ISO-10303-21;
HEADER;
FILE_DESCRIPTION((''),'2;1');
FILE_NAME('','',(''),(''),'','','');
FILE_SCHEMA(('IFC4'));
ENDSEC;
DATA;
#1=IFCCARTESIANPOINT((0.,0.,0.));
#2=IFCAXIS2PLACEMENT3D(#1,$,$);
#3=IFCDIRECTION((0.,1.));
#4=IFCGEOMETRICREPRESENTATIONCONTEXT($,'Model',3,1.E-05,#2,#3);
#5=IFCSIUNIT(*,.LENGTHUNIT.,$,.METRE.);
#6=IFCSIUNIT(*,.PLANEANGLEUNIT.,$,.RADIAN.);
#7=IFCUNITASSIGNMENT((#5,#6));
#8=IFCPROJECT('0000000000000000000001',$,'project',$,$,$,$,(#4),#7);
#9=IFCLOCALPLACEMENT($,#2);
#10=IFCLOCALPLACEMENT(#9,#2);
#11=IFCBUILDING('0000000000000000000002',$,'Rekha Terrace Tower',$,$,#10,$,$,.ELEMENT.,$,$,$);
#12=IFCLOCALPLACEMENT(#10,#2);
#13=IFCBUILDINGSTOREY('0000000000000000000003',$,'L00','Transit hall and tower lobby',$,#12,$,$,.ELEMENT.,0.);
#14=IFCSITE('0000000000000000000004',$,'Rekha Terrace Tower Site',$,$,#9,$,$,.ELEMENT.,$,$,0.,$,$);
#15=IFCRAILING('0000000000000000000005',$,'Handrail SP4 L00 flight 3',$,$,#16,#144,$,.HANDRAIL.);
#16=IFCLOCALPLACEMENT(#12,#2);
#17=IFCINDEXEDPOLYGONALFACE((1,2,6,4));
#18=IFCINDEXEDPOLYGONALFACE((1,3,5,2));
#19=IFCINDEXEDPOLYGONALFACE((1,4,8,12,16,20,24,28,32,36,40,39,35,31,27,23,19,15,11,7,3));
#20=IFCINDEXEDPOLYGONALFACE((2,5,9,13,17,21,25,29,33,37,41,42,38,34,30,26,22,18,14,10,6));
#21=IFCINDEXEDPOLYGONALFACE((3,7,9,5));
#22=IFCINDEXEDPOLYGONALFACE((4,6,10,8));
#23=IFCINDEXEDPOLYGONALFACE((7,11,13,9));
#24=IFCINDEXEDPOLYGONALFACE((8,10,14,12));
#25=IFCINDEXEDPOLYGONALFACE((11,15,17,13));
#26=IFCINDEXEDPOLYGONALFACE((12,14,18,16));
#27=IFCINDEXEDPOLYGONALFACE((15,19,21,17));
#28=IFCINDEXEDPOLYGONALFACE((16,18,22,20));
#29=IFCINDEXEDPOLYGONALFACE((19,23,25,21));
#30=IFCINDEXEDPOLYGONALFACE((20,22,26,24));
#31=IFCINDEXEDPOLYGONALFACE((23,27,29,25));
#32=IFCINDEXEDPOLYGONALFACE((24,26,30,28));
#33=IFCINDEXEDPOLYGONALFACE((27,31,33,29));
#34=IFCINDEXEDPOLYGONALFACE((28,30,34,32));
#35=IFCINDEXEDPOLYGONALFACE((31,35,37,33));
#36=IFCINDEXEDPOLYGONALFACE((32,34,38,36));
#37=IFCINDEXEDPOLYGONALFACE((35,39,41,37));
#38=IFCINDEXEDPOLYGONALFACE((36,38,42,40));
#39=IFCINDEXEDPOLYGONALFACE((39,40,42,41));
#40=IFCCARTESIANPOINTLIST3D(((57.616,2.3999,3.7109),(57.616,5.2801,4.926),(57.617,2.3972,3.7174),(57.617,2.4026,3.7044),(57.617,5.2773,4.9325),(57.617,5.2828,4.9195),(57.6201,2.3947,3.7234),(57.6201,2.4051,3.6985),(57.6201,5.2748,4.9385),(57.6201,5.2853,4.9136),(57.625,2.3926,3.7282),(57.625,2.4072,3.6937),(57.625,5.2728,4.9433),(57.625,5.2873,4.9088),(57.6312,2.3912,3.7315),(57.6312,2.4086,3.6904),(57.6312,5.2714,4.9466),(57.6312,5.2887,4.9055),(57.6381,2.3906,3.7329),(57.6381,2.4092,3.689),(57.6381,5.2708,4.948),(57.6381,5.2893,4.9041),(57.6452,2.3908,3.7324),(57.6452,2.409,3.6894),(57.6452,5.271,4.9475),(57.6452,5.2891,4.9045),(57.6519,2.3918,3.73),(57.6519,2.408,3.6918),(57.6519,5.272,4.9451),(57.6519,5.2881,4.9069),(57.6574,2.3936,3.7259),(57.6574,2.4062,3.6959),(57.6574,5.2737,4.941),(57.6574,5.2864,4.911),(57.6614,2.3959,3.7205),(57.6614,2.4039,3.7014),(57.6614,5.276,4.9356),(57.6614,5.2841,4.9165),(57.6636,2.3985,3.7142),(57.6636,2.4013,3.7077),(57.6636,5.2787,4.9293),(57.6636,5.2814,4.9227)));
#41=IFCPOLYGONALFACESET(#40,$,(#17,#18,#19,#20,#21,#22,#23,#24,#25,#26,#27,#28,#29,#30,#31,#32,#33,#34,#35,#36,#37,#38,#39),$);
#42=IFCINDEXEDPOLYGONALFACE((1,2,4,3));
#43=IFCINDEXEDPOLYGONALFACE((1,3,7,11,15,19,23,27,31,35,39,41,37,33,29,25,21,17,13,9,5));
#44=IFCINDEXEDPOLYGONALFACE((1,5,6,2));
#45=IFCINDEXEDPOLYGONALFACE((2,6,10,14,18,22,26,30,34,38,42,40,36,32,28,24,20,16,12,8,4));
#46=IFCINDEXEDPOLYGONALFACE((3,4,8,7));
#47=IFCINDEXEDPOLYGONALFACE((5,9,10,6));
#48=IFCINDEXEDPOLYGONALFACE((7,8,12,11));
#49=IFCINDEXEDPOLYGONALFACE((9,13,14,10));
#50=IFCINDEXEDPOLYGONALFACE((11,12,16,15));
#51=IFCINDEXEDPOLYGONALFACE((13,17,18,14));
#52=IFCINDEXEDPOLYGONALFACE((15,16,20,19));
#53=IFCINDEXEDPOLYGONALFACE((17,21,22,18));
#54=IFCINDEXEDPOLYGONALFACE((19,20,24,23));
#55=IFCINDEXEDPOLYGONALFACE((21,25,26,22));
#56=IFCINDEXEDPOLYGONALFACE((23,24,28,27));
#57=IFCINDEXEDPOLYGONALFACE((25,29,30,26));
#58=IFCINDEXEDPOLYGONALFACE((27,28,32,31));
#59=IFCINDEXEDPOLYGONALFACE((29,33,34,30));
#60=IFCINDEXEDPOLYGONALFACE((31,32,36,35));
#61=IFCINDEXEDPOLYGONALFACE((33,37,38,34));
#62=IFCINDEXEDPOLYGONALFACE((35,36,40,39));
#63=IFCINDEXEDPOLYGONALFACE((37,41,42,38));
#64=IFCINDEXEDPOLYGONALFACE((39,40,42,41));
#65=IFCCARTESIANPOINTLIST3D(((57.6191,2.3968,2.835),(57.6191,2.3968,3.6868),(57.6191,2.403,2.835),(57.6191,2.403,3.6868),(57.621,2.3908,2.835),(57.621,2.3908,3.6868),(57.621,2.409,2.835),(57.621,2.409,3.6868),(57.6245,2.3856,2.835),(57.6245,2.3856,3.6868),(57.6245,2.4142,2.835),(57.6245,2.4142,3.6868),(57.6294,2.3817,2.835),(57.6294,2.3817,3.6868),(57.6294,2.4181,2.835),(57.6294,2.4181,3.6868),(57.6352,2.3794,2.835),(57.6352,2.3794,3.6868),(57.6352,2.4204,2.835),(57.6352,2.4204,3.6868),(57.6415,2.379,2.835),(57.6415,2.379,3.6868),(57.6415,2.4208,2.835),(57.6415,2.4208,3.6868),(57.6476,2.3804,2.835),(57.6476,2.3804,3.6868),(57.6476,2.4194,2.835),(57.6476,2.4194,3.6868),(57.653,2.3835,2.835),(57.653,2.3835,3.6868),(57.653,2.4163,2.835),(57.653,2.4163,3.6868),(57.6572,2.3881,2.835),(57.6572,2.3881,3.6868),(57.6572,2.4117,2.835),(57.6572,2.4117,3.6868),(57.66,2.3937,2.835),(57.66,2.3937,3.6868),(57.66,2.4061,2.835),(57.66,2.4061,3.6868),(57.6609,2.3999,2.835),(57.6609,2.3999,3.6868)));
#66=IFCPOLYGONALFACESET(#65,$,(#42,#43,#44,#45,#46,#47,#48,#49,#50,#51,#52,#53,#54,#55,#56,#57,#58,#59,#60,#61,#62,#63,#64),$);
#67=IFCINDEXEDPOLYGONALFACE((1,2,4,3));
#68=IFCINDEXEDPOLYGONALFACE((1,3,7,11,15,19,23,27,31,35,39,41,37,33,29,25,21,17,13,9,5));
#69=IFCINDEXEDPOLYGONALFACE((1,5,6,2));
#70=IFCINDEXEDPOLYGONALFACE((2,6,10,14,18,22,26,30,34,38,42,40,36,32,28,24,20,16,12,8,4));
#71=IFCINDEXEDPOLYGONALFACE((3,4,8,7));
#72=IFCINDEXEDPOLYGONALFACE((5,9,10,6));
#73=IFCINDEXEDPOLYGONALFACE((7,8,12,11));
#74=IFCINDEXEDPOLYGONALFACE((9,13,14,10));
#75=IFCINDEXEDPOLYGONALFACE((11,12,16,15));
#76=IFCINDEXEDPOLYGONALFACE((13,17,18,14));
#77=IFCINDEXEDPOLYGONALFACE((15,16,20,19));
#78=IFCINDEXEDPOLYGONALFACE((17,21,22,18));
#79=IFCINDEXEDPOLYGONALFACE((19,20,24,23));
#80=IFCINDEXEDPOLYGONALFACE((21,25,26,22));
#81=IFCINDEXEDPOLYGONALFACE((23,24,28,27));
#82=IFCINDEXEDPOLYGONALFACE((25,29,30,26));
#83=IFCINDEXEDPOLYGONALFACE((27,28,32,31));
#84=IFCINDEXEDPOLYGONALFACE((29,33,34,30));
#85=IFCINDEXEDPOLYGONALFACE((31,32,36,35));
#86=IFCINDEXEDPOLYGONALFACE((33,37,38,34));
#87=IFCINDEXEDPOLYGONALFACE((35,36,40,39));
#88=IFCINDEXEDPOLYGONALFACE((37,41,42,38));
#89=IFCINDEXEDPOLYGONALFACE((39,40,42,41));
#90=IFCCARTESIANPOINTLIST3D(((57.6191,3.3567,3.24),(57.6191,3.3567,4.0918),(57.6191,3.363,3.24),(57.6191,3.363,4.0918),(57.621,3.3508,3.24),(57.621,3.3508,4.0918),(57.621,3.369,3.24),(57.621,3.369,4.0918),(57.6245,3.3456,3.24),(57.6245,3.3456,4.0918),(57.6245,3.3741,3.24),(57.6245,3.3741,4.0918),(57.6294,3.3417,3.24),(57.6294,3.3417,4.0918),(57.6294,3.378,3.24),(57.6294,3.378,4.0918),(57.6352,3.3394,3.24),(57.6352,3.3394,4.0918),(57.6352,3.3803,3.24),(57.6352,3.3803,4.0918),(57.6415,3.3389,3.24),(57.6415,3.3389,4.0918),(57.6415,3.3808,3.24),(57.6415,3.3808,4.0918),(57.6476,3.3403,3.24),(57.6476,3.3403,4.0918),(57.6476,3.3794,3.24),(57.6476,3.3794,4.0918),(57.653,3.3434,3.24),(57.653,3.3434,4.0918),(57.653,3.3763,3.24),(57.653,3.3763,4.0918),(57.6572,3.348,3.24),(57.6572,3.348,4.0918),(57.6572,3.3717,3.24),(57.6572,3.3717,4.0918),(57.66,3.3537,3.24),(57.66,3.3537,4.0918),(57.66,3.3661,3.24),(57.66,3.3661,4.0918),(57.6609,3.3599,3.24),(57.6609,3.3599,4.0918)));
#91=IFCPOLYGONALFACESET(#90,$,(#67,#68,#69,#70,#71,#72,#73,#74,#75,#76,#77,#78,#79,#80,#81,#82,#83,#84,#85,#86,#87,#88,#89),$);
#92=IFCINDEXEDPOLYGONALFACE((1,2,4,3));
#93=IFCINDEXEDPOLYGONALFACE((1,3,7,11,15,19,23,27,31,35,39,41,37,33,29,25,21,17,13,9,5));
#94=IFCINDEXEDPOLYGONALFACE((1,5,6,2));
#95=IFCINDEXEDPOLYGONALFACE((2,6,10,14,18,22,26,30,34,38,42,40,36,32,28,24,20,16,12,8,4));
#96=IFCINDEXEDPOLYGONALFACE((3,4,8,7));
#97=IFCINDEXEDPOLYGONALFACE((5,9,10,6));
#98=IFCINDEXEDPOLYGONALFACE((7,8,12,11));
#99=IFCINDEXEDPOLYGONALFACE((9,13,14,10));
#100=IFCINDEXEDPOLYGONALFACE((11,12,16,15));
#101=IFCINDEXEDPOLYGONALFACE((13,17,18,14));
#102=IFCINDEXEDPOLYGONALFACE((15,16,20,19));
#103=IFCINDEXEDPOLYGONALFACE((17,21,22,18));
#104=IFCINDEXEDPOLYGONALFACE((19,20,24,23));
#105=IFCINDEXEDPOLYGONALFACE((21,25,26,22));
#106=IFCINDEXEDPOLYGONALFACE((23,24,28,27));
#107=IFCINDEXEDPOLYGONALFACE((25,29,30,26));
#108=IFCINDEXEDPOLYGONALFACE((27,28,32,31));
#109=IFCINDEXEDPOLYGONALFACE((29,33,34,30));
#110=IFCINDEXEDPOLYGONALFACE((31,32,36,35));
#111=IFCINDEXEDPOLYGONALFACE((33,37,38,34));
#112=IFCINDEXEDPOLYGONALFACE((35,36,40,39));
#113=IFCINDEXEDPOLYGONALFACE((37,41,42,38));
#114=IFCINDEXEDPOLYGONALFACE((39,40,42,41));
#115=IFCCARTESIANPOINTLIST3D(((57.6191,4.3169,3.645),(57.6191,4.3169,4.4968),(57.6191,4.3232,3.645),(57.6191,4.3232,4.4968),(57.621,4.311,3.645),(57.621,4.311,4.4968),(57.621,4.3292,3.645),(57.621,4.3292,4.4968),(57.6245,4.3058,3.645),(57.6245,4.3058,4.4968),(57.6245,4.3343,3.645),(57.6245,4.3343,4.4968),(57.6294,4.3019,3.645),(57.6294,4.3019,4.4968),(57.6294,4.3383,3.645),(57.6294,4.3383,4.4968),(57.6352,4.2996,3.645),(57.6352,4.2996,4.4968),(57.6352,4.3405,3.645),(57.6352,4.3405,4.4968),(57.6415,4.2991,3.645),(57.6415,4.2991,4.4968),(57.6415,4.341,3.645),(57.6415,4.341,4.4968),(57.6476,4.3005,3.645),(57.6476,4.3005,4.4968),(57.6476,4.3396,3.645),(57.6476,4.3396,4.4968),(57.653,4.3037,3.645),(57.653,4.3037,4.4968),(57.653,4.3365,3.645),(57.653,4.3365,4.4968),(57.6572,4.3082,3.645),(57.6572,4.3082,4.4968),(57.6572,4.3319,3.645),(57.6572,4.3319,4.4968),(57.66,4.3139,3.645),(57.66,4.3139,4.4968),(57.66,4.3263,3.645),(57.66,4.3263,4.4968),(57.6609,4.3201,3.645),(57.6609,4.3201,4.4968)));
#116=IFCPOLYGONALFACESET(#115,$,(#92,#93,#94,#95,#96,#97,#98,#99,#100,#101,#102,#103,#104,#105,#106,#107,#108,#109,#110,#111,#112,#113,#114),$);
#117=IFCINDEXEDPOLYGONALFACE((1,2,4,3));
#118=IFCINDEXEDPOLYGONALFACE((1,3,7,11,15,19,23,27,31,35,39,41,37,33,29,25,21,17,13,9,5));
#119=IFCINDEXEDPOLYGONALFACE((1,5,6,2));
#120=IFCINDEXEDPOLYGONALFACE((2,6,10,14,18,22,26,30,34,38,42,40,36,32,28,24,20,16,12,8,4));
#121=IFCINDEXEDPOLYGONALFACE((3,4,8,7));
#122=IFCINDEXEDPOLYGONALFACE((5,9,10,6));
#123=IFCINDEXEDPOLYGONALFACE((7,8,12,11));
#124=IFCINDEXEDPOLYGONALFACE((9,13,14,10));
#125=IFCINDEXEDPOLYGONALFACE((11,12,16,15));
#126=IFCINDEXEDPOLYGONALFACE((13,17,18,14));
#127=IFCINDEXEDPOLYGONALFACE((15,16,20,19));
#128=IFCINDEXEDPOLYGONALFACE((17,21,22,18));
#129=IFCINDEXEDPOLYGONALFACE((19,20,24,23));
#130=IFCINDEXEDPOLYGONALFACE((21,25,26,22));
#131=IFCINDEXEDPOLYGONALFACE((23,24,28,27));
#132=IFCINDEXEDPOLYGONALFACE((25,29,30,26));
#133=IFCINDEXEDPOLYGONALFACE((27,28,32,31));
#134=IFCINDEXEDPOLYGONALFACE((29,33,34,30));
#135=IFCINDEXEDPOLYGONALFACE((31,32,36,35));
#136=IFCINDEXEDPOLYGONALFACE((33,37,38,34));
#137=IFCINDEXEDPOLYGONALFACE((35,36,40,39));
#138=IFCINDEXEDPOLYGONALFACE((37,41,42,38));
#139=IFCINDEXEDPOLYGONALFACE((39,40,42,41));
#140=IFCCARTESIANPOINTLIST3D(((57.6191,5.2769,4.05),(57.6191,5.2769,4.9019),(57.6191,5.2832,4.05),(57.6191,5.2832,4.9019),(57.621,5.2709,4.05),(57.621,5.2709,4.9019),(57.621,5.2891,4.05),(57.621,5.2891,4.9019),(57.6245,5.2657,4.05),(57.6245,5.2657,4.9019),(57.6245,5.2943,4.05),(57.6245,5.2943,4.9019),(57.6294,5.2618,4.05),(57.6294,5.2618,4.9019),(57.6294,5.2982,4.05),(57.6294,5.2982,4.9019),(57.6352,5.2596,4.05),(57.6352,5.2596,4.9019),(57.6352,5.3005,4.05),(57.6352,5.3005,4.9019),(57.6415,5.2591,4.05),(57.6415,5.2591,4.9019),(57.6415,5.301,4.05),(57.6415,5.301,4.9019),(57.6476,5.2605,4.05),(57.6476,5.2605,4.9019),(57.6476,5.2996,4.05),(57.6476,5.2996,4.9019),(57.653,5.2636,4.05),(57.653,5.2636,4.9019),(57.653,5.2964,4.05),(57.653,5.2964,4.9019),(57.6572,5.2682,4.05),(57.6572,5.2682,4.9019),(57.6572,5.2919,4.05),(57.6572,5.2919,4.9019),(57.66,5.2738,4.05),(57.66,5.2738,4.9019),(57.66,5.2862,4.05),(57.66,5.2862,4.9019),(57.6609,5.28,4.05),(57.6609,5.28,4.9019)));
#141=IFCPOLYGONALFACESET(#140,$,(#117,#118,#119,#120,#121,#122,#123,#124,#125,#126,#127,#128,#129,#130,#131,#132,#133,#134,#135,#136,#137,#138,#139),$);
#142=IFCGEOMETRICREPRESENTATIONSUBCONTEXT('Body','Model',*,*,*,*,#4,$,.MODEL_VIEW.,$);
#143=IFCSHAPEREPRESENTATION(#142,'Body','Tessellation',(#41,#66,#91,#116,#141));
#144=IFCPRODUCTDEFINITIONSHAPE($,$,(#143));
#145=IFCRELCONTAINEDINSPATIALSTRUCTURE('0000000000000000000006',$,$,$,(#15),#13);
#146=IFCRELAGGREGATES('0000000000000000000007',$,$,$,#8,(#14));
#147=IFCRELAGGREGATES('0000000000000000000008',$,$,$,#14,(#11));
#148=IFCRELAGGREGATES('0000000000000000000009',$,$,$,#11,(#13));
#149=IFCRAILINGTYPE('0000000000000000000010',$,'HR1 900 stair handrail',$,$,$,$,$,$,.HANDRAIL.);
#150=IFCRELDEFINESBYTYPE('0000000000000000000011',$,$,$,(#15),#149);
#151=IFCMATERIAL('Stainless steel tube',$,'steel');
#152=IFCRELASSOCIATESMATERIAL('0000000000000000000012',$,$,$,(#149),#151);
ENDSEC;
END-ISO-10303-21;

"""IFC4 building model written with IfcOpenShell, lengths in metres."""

from ifc_helpers import new_model, si_unit, direction, frame, origin, origin_2d, place, context, subcontext, project, spatial, circle, extrude, material, type_object, element, save


model = new_model("IFC4")

# Units and contexts
model_context = context("Model", 3, precision=1e-05, world=origin(), true_north=direction((0.0, 1.0)))
body_context = subcontext(model_context, "Body", "Model", "MODEL_VIEW")
ifc_project = project(units=[si_unit("LENGTHUNIT", "METRE"), si_unit("PLANEANGLEUNIT", "RADIAN")], contexts=[model_context])

# Site, building, storey
site_placement = place(None, origin())
site = spatial("IfcSite", under=ifc_project, at=site_placement, Name="Rekha Terrace Tower Site", CompositionType="ELEMENT", RefElevation=0.0)
building_placement = place(site_placement, origin())
building = spatial("IfcBuilding", under=site, at=building_placement, Name="Rekha Terrace Tower", CompositionType="ELEMENT")
storey_placement = place(building_placement, origin())
storey = spatial("IfcBuildingStorey", under=building, at=storey_placement, Name="L00", Description="Transit hall and tower lobby", CompositionType="ELEMENT", Elevation=0.0)

# Railing
ifc_material_1 = material(Name="Stainless steel tube", Category="steel")
railing_type_1 = type_object("IfcRailingType", Name="HR1 900 stair handrail", PredefinedType="HANDRAIL", material=ifc_material_1)
railing_1_placement = place(storey_placement, frame((57.6399, 2.3999, 2.835)))
element("IfcRailing", 1, at=railing_1_placement, inside=storey, type_object=railing_type_1, Name="Handrail SP4 L00 flight 3", PredefinedType="HANDRAIL", context=body_context, shape_type="SweptSolid", body=[
    extrude(circle(Radius=0.0239, at=origin_2d()), frame((0.0, 0.0, 0.876), z_axis=(0.0, 0.92136, 0.38871), x_axis=(-1.0, 0.0, 0.0)), (0.0, 0.0, 1.0), 3.126),
    extrude(circle(Radius=0.021, at=origin_2d()), origin(), (0.0, 0.0, 1.0), 0.8518),
    extrude(circle(Radius=0.021, at=origin_2d()), frame((0.0, 0.96, 0.405)), (0.0, 0.0, 1.0), 0.8518),
    extrude(circle(Radius=0.021, at=origin_2d()), frame((0.0, 1.9202, 0.8101)), (0.0, 0.0, 1.0), 0.8518),
    extrude(circle(Radius=0.021, at=origin_2d()), frame((0.0, 2.8801, 1.2151)), (0.0, 0.0, 1.0), 0.8518),
])

save(model, "model.ifc")
